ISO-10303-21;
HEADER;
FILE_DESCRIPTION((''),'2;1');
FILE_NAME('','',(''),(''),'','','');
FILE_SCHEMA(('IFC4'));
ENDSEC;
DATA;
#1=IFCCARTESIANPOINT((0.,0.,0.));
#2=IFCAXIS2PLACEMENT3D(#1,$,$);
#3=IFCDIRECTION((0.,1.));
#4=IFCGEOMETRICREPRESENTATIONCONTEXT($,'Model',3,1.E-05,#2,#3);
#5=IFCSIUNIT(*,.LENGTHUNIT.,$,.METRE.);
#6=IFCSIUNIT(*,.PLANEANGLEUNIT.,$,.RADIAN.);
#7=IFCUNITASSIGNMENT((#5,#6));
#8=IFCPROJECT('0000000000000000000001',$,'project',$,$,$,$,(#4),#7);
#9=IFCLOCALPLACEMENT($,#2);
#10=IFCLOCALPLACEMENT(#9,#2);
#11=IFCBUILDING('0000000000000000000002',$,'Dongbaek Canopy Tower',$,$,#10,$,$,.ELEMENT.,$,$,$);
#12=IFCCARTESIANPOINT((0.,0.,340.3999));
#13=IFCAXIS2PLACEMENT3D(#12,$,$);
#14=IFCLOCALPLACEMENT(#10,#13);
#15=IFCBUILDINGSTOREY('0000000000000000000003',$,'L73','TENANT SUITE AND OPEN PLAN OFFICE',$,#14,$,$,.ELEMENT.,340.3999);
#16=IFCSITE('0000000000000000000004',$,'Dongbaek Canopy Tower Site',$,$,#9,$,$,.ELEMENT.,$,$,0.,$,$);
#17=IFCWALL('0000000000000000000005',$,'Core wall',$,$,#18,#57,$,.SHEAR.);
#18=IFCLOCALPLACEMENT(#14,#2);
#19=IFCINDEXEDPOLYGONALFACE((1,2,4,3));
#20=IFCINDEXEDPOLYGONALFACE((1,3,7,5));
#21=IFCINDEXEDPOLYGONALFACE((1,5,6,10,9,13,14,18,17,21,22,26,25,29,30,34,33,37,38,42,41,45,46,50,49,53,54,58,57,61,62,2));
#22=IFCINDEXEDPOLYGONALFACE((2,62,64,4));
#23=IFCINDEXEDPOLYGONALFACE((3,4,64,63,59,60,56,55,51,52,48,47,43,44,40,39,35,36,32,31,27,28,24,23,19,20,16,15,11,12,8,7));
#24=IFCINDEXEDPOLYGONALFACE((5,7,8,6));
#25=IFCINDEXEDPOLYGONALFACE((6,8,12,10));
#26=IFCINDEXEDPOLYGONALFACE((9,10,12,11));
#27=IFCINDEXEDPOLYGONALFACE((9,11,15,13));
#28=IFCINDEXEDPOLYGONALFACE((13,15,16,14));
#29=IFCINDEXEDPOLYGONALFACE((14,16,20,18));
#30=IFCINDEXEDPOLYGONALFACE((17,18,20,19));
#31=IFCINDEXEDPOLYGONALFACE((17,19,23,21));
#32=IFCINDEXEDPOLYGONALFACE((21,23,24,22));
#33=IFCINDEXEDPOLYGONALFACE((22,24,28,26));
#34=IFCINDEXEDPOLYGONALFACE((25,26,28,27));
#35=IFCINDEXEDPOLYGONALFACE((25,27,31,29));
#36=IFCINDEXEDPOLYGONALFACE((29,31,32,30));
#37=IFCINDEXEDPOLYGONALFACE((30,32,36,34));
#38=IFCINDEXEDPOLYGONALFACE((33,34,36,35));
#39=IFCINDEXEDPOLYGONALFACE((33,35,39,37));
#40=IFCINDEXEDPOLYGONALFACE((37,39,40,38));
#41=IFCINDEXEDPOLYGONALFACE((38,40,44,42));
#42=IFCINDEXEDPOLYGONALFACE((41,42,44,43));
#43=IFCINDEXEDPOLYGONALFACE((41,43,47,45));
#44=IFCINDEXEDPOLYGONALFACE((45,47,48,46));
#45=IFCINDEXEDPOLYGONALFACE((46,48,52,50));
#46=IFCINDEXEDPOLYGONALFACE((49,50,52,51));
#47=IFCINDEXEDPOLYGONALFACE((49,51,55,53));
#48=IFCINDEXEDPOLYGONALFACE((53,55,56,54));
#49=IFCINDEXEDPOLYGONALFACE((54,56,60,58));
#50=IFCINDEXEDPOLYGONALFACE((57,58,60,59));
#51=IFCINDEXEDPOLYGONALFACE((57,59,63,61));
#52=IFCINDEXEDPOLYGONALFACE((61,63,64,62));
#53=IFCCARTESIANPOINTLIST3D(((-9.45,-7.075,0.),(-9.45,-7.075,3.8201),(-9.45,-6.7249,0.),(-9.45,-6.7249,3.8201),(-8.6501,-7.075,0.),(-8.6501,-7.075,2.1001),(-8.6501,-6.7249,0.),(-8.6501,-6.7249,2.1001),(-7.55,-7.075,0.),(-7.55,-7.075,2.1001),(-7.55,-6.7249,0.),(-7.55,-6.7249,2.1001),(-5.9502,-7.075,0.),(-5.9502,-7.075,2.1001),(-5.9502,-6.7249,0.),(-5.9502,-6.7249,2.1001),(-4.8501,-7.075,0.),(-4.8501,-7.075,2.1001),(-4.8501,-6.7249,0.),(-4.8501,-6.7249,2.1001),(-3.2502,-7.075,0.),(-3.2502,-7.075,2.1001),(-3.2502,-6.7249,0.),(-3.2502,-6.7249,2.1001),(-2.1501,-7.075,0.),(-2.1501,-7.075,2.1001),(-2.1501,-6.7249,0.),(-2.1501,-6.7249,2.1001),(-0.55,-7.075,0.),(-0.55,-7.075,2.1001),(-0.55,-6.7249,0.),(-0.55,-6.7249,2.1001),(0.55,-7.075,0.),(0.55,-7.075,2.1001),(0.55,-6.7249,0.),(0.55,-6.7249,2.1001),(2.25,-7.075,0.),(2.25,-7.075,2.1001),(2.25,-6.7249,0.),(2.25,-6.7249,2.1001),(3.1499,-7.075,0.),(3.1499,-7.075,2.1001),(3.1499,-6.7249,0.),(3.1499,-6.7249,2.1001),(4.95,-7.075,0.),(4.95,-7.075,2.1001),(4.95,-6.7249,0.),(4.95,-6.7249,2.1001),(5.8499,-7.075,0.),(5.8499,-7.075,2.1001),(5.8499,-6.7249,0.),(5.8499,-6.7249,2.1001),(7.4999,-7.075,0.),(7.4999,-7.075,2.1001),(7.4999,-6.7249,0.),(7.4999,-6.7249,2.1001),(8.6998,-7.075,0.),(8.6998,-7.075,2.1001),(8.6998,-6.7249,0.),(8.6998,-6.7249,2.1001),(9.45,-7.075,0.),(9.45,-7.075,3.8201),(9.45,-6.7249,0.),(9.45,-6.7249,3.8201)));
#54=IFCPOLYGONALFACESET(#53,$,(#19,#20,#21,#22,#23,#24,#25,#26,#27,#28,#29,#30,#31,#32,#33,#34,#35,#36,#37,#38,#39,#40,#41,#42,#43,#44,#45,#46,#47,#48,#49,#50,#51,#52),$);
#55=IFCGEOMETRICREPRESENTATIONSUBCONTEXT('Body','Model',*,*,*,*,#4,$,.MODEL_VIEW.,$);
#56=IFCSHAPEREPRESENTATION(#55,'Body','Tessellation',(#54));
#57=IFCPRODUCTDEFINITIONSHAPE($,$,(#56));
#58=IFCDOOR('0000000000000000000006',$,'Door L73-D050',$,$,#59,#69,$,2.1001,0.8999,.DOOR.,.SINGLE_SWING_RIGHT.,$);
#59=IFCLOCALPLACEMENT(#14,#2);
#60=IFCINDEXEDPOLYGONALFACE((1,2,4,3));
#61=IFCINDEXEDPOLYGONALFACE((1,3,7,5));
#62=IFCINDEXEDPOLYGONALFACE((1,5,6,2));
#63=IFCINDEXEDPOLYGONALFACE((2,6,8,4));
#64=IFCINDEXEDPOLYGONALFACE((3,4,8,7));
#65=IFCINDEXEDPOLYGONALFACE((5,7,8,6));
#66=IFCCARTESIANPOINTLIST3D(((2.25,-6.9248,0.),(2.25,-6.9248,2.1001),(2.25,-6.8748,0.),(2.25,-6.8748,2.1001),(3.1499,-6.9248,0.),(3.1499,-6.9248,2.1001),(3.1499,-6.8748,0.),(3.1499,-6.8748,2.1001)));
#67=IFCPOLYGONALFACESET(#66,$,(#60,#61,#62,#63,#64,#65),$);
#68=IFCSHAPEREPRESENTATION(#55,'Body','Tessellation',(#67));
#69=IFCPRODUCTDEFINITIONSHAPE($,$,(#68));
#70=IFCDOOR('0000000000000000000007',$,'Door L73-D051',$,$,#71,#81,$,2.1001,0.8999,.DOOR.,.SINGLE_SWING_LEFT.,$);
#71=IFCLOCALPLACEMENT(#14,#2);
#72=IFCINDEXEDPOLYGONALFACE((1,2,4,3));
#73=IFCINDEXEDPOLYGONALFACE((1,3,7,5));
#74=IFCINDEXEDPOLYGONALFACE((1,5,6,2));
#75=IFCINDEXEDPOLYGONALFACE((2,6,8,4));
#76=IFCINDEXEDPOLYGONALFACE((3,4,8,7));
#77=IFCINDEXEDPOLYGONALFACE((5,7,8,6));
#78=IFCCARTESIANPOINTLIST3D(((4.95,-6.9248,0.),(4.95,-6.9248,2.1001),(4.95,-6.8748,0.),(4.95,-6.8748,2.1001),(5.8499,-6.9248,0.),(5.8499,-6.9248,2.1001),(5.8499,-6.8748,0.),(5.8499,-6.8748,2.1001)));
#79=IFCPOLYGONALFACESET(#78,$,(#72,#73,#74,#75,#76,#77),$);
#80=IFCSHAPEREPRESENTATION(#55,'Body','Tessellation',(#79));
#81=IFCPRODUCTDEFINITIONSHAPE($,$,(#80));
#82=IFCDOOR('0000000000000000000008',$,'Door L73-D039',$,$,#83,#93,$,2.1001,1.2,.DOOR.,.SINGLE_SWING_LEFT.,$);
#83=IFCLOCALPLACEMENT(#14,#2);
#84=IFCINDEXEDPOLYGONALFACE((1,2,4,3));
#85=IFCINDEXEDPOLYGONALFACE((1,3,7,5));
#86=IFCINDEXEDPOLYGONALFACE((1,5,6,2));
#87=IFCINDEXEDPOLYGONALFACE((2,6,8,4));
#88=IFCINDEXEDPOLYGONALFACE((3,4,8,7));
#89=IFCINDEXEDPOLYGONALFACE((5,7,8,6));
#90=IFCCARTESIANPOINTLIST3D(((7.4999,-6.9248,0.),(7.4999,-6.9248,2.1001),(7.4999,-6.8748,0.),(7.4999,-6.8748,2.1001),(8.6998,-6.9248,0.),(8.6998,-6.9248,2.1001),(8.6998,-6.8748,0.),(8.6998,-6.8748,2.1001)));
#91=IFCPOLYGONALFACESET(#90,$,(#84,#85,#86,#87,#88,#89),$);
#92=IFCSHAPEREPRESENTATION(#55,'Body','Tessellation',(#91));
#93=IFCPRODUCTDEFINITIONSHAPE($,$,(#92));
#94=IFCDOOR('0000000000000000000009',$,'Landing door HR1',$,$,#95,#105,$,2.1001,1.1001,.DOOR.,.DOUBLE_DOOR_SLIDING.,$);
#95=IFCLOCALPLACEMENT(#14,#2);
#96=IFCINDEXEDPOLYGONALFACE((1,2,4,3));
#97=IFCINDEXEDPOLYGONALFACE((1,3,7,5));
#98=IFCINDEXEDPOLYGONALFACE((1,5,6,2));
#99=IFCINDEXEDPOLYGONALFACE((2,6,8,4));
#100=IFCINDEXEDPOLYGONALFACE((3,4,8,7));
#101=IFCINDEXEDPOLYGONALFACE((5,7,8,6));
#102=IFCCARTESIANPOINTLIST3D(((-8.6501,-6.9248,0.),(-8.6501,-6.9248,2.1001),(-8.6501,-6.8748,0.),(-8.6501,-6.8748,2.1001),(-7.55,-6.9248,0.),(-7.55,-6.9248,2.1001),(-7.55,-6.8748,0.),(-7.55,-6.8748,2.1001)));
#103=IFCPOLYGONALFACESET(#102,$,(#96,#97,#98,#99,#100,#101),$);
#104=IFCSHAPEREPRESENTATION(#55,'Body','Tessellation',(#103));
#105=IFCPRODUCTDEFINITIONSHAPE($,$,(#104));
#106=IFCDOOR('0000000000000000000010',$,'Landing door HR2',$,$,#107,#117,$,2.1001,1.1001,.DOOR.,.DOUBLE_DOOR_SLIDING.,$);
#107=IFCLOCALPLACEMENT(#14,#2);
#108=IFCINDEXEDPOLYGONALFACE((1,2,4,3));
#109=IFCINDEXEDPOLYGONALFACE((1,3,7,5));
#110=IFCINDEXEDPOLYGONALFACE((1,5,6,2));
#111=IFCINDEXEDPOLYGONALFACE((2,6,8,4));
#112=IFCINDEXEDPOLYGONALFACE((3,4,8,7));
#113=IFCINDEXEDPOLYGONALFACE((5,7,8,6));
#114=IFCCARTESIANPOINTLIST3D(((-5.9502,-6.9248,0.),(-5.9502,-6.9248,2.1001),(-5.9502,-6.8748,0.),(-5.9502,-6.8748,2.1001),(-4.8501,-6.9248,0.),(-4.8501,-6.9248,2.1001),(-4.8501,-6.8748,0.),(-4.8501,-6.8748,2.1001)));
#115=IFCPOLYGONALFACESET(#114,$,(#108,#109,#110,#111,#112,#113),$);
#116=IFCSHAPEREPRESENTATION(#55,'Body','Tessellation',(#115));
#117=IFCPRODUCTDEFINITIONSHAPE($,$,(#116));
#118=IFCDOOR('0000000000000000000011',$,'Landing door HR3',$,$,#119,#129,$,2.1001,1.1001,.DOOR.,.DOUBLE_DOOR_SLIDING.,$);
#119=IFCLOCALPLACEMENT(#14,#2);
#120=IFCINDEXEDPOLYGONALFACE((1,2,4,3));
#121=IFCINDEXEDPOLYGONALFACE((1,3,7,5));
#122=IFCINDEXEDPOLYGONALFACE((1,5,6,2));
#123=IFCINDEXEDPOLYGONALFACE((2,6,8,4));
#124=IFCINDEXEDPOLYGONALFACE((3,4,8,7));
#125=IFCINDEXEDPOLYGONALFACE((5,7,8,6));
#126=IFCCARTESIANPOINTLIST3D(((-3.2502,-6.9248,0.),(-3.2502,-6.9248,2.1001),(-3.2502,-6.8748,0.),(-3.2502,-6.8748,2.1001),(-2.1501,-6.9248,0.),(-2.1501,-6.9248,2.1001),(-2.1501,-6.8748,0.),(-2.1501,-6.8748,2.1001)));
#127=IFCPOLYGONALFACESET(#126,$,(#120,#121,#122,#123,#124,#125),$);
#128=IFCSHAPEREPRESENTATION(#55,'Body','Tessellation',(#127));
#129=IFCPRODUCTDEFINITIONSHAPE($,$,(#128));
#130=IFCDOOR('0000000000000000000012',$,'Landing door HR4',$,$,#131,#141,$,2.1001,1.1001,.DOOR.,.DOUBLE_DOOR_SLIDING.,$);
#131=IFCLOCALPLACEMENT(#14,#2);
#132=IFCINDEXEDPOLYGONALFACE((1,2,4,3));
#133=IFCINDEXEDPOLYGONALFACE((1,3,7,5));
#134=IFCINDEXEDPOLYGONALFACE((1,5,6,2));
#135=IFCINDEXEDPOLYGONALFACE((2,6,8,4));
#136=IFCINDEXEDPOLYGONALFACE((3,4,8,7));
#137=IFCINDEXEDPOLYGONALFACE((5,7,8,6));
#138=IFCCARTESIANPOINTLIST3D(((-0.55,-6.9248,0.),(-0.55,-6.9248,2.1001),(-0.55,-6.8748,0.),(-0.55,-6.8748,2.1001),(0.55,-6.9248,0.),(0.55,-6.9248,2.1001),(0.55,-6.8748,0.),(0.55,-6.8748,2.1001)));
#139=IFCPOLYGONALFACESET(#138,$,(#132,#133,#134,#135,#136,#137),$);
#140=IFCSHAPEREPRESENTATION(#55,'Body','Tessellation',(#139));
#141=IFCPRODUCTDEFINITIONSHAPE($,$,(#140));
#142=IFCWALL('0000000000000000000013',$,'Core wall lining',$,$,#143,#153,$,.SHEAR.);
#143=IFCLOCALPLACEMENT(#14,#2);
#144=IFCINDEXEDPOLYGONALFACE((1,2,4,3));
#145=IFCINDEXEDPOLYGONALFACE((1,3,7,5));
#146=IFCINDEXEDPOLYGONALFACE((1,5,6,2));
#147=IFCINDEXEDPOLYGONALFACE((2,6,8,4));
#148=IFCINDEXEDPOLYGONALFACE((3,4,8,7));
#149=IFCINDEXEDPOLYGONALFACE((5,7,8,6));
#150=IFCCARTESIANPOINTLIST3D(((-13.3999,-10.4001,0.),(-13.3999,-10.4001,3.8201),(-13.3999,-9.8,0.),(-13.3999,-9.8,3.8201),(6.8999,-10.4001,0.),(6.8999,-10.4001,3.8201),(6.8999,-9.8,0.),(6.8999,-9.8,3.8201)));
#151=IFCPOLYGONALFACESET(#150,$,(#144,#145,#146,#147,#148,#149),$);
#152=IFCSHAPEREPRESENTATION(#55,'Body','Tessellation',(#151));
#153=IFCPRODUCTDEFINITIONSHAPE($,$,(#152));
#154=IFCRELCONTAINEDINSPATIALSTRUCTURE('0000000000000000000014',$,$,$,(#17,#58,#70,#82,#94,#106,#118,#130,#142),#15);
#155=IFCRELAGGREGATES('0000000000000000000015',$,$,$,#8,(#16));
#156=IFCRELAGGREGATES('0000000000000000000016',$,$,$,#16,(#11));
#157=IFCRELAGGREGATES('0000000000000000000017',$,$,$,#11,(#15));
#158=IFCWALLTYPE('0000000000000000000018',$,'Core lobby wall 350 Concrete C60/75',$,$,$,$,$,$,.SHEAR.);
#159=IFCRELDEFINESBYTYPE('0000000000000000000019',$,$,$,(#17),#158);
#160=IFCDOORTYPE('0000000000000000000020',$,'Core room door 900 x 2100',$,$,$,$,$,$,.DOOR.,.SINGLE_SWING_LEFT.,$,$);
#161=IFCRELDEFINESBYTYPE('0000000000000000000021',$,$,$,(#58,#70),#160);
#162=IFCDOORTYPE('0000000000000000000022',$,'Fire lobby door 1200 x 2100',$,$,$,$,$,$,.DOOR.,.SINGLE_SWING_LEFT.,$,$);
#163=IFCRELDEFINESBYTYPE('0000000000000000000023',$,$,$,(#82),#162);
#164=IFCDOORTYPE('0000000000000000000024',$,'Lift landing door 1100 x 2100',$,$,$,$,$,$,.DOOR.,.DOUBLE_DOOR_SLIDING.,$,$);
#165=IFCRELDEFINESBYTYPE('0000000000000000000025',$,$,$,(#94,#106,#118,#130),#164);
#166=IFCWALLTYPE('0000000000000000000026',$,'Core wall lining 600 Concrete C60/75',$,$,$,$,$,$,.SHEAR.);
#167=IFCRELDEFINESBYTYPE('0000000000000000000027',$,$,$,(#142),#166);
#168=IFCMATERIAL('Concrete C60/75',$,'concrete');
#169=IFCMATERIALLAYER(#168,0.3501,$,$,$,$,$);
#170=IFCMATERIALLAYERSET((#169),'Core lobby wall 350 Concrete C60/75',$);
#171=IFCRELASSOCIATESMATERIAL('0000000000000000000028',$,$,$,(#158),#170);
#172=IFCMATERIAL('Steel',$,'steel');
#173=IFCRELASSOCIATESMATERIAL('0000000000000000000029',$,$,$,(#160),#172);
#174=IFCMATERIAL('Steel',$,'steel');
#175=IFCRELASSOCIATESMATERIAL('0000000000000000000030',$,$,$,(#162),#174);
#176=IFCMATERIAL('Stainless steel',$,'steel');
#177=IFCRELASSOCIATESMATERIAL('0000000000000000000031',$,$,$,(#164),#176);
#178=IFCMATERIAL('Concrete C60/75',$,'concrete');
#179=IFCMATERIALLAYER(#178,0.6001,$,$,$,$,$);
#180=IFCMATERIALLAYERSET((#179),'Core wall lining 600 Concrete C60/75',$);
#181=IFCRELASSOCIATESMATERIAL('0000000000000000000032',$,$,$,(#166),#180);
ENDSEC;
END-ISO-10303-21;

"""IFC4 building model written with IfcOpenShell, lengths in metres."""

from ifc_helpers import new_model, si_unit, direction, frame, frame_2d, origin, place, context, subcontext, project, spatial, rectangle, extrude, material, layer, layer_set, type_object, element, fill, save


model = new_model("IFC4")

# Units and contexts
model_context = context("Model", 3, precision=1e-05, world=origin(), true_north=direction((0.0, 1.0)))
body_context = subcontext(model_context, "Body", "Model", "MODEL_VIEW")
ifc_project = project(units=[si_unit("LENGTHUNIT", "METRE"), si_unit("PLANEANGLEUNIT", "RADIAN")], contexts=[model_context])

# Site, building, storey
site_placement = place(None, origin())
site = spatial("IfcSite", under=ifc_project, at=site_placement, Name="Dongbaek Canopy Tower Site", CompositionType="ELEMENT", RefElevation=0.0)
building_placement = place(site_placement, origin())
building = spatial("IfcBuilding", under=site, at=building_placement, Name="Dongbaek Canopy Tower", CompositionType="ELEMENT")
storey_placement = place(building_placement, frame((0.0, 0.0, 340.3999)))
storey = spatial("IfcBuildingStorey", under=building, at=storey_placement, Name="L73", Description="TENANT SUITE AND OPEN PLAN OFFICE", CompositionType="ELEMENT", Elevation=340.3999)

# Wall, openings, doors
ifc_material_1 = material(Name="Concrete C60/75", Category="concrete")
ifc_layer_1 = layer(ifc_material_1, 0.3501)
ifc_layer_set_1 = layer_set([ifc_layer_1], Name="Core lobby wall 350 Concrete C60/75")
wall_type_1 = type_object("IfcWallType", Name="Core lobby wall 350 Concrete C60/75", PredefinedType="SHEAR", material=ifc_layer_set_1)
wall_1_placement = place(storey_placement, frame((9.45, -6.8999, 0.0), z_axis=(0.0, 0.0, 1.0), x_axis=(-1.0, 0.0, 0.0)))
wall_1 = element("IfcWall", 1, at=wall_1_placement, inside=storey, type_object=wall_type_1, Name="Core wall", PredefinedType="SHEAR", context=body_context, shape_type="SweptSolid", body=[
    extrude(rectangle(XDim=18.8999, YDim=0.3501, at=frame_2d((9.45, 0.0))), origin(), (0.0, 0.0, 1.0), 3.8201),
])
opening_1_placement = place(wall_1_placement, frame((17.0, 0.0, 0.0)))
opening_1 = element("IfcOpeningElement", 2, at=opening_1_placement, cuts=wall_1, PredefinedType="OPENING", context=body_context, shape_type="SweptSolid", body=[
    extrude(rectangle(XDim=1.1001, YDim=2.1001, at=frame_2d((0.55, 1.05))), frame((0.0, 0.1851, 0.0), z_axis=(0.0, -1.0, 0.0), x_axis=(1.0, 0.0, 0.0)), (0.0, 0.0, 1.0), 0.3701),
])
opening_2_placement = place(wall_1_placement, frame((14.3, 0.0, 0.0)))
opening_2 = element("IfcOpeningElement", 3, at=opening_2_placement, cuts=wall_1, PredefinedType="OPENING", context=body_context, shape_type="SweptSolid", body=[
    extrude(rectangle(XDim=1.1001, YDim=2.1001, at=frame_2d((0.55, 1.05))), frame((0.0, 0.1851, 0.0), z_axis=(0.0, -1.0, 0.0), x_axis=(1.0, 0.0, 0.0)), (0.0, 0.0, 1.0), 0.3701),
])
opening_3_placement = place(wall_1_placement, frame((11.6001, 0.0, 0.0)))
opening_3 = element("IfcOpeningElement", 4, at=opening_3_placement, cuts=wall_1, PredefinedType="OPENING", context=body_context, shape_type="SweptSolid", body=[
    extrude(rectangle(XDim=1.1001, YDim=2.1001, at=frame_2d((0.55, 1.05))), frame((0.0, 0.1851, 0.0), z_axis=(0.0, -1.0, 0.0), x_axis=(1.0, 0.0, 0.0)), (0.0, 0.0, 1.0), 0.3701),
])
opening_4_placement = place(wall_1_placement, frame((8.8999, 0.0, 0.0)))
opening_4 = element("IfcOpeningElement", 5, at=opening_4_placement, cuts=wall_1, PredefinedType="OPENING", context=body_context, shape_type="SweptSolid", body=[
    extrude(rectangle(XDim=1.1001, YDim=2.1001, at=frame_2d((0.55, 1.05))), frame((0.0, 0.1851, 0.0), z_axis=(0.0, -1.0, 0.0), x_axis=(1.0, 0.0, 0.0)), (0.0, 0.0, 1.0), 0.3701),
])
opening_5_placement = place(wall_1_placement, frame((0.75, 0.0, 0.0)))
opening_5 = element("IfcOpeningElement", 6, at=opening_5_placement, cuts=wall_1, PredefinedType="OPENING", context=body_context, shape_type="SweptSolid", body=[
    extrude(rectangle(XDim=1.2, YDim=2.1001, at=frame_2d((0.6001, 1.05))), frame((0.0, 0.1851, 0.0), z_axis=(0.0, -1.0, 0.0), x_axis=(1.0, 0.0, 0.0)), (0.0, 0.0, 1.0), 0.3701),
])
opening_6_placement = place(wall_1_placement, frame((6.3, 0.0, 0.0)))
opening_6 = element("IfcOpeningElement", 7, at=opening_6_placement, cuts=wall_1, PredefinedType="OPENING", context=body_context, shape_type="SweptSolid", body=[
    extrude(rectangle(XDim=0.8999, YDim=2.1001, at=frame_2d((0.45, 1.05))), frame((0.0, 0.1851, 0.0), z_axis=(0.0, -1.0, 0.0), x_axis=(1.0, 0.0, 0.0)), (0.0, 0.0, 1.0), 0.3701),
])
opening_7_placement = place(wall_1_placement, frame((3.6001, 0.0, 0.0)))
opening_7 = element("IfcOpeningElement", 8, at=opening_7_placement, cuts=wall_1, PredefinedType="OPENING", context=body_context, shape_type="SweptSolid", body=[
    extrude(rectangle(XDim=0.8999, YDim=2.1001, at=frame_2d((0.45, 1.05))), frame((0.0, 0.1851, 0.0), z_axis=(0.0, -1.0, 0.0), x_axis=(1.0, 0.0, 0.0)), (0.0, 0.0, 1.0), 0.3701),
])
ifc_material_2 = material(Name="Steel", Category="steel")
door_type_1 = type_object("IfcDoorType", Name="Core room door 900 x 2100", OperationType="SINGLE_SWING_LEFT", PredefinedType="DOOR", material=ifc_material_2)
door_1_placement = place(opening_6_placement, origin())
door_1 = element("IfcDoor", 9, at=door_1_placement, inside=storey, type_object=door_type_1, Name="Door L73-D050", OperationType="SINGLE_SWING_RIGHT", OverallHeight=2.1001, OverallWidth=0.8999, PredefinedType="DOOR", context=body_context, shape_type="SweptSolid", body=[
    extrude(rectangle(XDim=0.8999, YDim=2.1001, at=frame_2d((0.45, 1.05))), frame((0.0, 0.0249, 0.0), z_axis=(0.0, -1.0, 0.0), x_axis=(1.0, 0.0, 0.0)), (0.0, 0.0, 1.0), 0.05),
])
fill(opening_6, door_1)
door_2_placement = place(opening_7_placement, origin())
door_2 = element("IfcDoor", 10, at=door_2_placement, inside=storey, type_object=door_type_1, Name="Door L73-D051", OperationType="SINGLE_SWING_LEFT", OverallHeight=2.1001, OverallWidth=0.8999, PredefinedType="DOOR", context=body_context, shape_type="SweptSolid", body=[
    extrude(rectangle(XDim=0.8999, YDim=2.1001, at=frame_2d((0.45, 1.05))), frame((0.0, 0.0249, 0.0), z_axis=(0.0, -1.0, 0.0), x_axis=(1.0, 0.0, 0.0)), (0.0, 0.0, 1.0), 0.05),
])
fill(opening_7, door_2)
ifc_material_3 = material(Name="Steel", Category="steel")
door_type_2 = type_object("IfcDoorType", Name="Fire lobby door 1200 x 2100", OperationType="SINGLE_SWING_LEFT", PredefinedType="DOOR", material=ifc_material_3)
door_3_placement = place(opening_5_placement, origin())
door_3 = element("IfcDoor", 11, at=door_3_placement, inside=storey, type_object=door_type_2, Name="Door L73-D039", OperationType="SINGLE_SWING_LEFT", OverallHeight=2.1001, OverallWidth=1.2, PredefinedType="DOOR", context=body_context, shape_type="SweptSolid", body=[
    extrude(rectangle(XDim=1.2, YDim=2.1001, at=frame_2d((0.6001, 1.05))), frame((0.0, 0.0249, 0.0), z_axis=(0.0, -1.0, 0.0), x_axis=(1.0, 0.0, 0.0)), (0.0, 0.0, 1.0), 0.05),
])
fill(opening_5, door_3)
ifc_material_4 = material(Name="Stainless steel", Category="steel")
door_type_3 = type_object("IfcDoorType", Name="Lift landing door 1100 x 2100", OperationType="DOUBLE_DOOR_SLIDING", PredefinedType="DOOR", material=ifc_material_4)
door_4_placement = place(opening_1_placement, origin())
door_4 = element("IfcDoor", 12, at=door_4_placement, inside=storey, type_object=door_type_3, Name="Landing door HR1", OperationType="DOUBLE_DOOR_SLIDING", OverallHeight=2.1001, OverallWidth=1.1001, PredefinedType="DOOR", context=body_context, shape_type="SweptSolid", body=[
    extrude(rectangle(XDim=1.1001, YDim=2.1001, at=frame_2d((0.55, 1.05))), frame((0.0, 0.0249, 0.0), z_axis=(0.0, -1.0, 0.0), x_axis=(1.0, 0.0, 0.0)), (0.0, 0.0, 1.0), 0.05),
])
fill(opening_1, door_4)
door_5_placement = place(opening_2_placement, origin())
door_5 = element("IfcDoor", 13, at=door_5_placement, inside=storey, type_object=door_type_3, Name="Landing door HR2", OperationType="DOUBLE_DOOR_SLIDING", OverallHeight=2.1001, OverallWidth=1.1001, PredefinedType="DOOR", context=body_context, shape_type="SweptSolid", body=[
    extrude(rectangle(XDim=1.1001, YDim=2.1001, at=frame_2d((0.55, 1.05))), frame((0.0, 0.0249, 0.0), z_axis=(0.0, -1.0, 0.0), x_axis=(1.0, 0.0, 0.0)), (0.0, 0.0, 1.0), 0.05),
])
fill(opening_2, door_5)
door_6_placement = place(opening_3_placement, origin())
door_6 = element("IfcDoor", 14, at=door_6_placement, inside=storey, type_object=door_type_3, Name="Landing door HR3", OperationType="DOUBLE_DOOR_SLIDING", OverallHeight=2.1001, OverallWidth=1.1001, PredefinedType="DOOR", context=body_context, shape_type="SweptSolid", body=[
    extrude(rectangle(XDim=1.1001, YDim=2.1001, at=frame_2d((0.55, 1.05))), frame((0.0, 0.0249, 0.0), z_axis=(0.0, -1.0, 0.0), x_axis=(1.0, 0.0, 0.0)), (0.0, 0.0, 1.0), 0.05),
])
fill(opening_3, door_6)
door_7_placement = place(opening_4_placement, origin())
door_7 = element("IfcDoor", 15, at=door_7_placement, inside=storey, type_object=door_type_3, Name="Landing door HR4", OperationType="DOUBLE_DOOR_SLIDING", OverallHeight=2.1001, OverallWidth=1.1001, PredefinedType="DOOR", context=body_context, shape_type="SweptSolid", body=[
    extrude(rectangle(XDim=1.1001, YDim=2.1001, at=frame_2d((0.55, 1.05))), frame((0.0, 0.0249, 0.0), z_axis=(0.0, -1.0, 0.0), x_axis=(1.0, 0.0, 0.0)), (0.0, 0.0, 1.0), 0.05),
])
fill(opening_4, door_7)

# Wall
ifc_material_5 = material(Name="Concrete C60/75", Category="concrete")
ifc_layer_2 = layer(ifc_material_5, 0.6001)
ifc_layer_set_2 = layer_set([ifc_layer_2], Name="Core wall lining 600 Concrete C60/75")
wall_type_2 = type_object("IfcWallType", Name="Core wall lining 600 Concrete C60/75", PredefinedType="SHEAR", material=ifc_layer_set_2)
wall_2_placement = place(storey_placement, frame((6.8999, -10.1001, 0.0), z_axis=(0.0, 0.0, 1.0), x_axis=(-1.0, 0.0, 0.0)))
element("IfcWall", 16, at=wall_2_placement, inside=storey, type_object=wall_type_2, Name="Core wall lining", PredefinedType="SHEAR", context=body_context, shape_type="SweptSolid", body=[
    extrude(rectangle(XDim=20.2998, YDim=0.6001, at=frame_2d((10.1499, 0.0))), origin(), (0.0, 0.0, 1.0), 3.8201),
])

save(model, "model.ifc")
